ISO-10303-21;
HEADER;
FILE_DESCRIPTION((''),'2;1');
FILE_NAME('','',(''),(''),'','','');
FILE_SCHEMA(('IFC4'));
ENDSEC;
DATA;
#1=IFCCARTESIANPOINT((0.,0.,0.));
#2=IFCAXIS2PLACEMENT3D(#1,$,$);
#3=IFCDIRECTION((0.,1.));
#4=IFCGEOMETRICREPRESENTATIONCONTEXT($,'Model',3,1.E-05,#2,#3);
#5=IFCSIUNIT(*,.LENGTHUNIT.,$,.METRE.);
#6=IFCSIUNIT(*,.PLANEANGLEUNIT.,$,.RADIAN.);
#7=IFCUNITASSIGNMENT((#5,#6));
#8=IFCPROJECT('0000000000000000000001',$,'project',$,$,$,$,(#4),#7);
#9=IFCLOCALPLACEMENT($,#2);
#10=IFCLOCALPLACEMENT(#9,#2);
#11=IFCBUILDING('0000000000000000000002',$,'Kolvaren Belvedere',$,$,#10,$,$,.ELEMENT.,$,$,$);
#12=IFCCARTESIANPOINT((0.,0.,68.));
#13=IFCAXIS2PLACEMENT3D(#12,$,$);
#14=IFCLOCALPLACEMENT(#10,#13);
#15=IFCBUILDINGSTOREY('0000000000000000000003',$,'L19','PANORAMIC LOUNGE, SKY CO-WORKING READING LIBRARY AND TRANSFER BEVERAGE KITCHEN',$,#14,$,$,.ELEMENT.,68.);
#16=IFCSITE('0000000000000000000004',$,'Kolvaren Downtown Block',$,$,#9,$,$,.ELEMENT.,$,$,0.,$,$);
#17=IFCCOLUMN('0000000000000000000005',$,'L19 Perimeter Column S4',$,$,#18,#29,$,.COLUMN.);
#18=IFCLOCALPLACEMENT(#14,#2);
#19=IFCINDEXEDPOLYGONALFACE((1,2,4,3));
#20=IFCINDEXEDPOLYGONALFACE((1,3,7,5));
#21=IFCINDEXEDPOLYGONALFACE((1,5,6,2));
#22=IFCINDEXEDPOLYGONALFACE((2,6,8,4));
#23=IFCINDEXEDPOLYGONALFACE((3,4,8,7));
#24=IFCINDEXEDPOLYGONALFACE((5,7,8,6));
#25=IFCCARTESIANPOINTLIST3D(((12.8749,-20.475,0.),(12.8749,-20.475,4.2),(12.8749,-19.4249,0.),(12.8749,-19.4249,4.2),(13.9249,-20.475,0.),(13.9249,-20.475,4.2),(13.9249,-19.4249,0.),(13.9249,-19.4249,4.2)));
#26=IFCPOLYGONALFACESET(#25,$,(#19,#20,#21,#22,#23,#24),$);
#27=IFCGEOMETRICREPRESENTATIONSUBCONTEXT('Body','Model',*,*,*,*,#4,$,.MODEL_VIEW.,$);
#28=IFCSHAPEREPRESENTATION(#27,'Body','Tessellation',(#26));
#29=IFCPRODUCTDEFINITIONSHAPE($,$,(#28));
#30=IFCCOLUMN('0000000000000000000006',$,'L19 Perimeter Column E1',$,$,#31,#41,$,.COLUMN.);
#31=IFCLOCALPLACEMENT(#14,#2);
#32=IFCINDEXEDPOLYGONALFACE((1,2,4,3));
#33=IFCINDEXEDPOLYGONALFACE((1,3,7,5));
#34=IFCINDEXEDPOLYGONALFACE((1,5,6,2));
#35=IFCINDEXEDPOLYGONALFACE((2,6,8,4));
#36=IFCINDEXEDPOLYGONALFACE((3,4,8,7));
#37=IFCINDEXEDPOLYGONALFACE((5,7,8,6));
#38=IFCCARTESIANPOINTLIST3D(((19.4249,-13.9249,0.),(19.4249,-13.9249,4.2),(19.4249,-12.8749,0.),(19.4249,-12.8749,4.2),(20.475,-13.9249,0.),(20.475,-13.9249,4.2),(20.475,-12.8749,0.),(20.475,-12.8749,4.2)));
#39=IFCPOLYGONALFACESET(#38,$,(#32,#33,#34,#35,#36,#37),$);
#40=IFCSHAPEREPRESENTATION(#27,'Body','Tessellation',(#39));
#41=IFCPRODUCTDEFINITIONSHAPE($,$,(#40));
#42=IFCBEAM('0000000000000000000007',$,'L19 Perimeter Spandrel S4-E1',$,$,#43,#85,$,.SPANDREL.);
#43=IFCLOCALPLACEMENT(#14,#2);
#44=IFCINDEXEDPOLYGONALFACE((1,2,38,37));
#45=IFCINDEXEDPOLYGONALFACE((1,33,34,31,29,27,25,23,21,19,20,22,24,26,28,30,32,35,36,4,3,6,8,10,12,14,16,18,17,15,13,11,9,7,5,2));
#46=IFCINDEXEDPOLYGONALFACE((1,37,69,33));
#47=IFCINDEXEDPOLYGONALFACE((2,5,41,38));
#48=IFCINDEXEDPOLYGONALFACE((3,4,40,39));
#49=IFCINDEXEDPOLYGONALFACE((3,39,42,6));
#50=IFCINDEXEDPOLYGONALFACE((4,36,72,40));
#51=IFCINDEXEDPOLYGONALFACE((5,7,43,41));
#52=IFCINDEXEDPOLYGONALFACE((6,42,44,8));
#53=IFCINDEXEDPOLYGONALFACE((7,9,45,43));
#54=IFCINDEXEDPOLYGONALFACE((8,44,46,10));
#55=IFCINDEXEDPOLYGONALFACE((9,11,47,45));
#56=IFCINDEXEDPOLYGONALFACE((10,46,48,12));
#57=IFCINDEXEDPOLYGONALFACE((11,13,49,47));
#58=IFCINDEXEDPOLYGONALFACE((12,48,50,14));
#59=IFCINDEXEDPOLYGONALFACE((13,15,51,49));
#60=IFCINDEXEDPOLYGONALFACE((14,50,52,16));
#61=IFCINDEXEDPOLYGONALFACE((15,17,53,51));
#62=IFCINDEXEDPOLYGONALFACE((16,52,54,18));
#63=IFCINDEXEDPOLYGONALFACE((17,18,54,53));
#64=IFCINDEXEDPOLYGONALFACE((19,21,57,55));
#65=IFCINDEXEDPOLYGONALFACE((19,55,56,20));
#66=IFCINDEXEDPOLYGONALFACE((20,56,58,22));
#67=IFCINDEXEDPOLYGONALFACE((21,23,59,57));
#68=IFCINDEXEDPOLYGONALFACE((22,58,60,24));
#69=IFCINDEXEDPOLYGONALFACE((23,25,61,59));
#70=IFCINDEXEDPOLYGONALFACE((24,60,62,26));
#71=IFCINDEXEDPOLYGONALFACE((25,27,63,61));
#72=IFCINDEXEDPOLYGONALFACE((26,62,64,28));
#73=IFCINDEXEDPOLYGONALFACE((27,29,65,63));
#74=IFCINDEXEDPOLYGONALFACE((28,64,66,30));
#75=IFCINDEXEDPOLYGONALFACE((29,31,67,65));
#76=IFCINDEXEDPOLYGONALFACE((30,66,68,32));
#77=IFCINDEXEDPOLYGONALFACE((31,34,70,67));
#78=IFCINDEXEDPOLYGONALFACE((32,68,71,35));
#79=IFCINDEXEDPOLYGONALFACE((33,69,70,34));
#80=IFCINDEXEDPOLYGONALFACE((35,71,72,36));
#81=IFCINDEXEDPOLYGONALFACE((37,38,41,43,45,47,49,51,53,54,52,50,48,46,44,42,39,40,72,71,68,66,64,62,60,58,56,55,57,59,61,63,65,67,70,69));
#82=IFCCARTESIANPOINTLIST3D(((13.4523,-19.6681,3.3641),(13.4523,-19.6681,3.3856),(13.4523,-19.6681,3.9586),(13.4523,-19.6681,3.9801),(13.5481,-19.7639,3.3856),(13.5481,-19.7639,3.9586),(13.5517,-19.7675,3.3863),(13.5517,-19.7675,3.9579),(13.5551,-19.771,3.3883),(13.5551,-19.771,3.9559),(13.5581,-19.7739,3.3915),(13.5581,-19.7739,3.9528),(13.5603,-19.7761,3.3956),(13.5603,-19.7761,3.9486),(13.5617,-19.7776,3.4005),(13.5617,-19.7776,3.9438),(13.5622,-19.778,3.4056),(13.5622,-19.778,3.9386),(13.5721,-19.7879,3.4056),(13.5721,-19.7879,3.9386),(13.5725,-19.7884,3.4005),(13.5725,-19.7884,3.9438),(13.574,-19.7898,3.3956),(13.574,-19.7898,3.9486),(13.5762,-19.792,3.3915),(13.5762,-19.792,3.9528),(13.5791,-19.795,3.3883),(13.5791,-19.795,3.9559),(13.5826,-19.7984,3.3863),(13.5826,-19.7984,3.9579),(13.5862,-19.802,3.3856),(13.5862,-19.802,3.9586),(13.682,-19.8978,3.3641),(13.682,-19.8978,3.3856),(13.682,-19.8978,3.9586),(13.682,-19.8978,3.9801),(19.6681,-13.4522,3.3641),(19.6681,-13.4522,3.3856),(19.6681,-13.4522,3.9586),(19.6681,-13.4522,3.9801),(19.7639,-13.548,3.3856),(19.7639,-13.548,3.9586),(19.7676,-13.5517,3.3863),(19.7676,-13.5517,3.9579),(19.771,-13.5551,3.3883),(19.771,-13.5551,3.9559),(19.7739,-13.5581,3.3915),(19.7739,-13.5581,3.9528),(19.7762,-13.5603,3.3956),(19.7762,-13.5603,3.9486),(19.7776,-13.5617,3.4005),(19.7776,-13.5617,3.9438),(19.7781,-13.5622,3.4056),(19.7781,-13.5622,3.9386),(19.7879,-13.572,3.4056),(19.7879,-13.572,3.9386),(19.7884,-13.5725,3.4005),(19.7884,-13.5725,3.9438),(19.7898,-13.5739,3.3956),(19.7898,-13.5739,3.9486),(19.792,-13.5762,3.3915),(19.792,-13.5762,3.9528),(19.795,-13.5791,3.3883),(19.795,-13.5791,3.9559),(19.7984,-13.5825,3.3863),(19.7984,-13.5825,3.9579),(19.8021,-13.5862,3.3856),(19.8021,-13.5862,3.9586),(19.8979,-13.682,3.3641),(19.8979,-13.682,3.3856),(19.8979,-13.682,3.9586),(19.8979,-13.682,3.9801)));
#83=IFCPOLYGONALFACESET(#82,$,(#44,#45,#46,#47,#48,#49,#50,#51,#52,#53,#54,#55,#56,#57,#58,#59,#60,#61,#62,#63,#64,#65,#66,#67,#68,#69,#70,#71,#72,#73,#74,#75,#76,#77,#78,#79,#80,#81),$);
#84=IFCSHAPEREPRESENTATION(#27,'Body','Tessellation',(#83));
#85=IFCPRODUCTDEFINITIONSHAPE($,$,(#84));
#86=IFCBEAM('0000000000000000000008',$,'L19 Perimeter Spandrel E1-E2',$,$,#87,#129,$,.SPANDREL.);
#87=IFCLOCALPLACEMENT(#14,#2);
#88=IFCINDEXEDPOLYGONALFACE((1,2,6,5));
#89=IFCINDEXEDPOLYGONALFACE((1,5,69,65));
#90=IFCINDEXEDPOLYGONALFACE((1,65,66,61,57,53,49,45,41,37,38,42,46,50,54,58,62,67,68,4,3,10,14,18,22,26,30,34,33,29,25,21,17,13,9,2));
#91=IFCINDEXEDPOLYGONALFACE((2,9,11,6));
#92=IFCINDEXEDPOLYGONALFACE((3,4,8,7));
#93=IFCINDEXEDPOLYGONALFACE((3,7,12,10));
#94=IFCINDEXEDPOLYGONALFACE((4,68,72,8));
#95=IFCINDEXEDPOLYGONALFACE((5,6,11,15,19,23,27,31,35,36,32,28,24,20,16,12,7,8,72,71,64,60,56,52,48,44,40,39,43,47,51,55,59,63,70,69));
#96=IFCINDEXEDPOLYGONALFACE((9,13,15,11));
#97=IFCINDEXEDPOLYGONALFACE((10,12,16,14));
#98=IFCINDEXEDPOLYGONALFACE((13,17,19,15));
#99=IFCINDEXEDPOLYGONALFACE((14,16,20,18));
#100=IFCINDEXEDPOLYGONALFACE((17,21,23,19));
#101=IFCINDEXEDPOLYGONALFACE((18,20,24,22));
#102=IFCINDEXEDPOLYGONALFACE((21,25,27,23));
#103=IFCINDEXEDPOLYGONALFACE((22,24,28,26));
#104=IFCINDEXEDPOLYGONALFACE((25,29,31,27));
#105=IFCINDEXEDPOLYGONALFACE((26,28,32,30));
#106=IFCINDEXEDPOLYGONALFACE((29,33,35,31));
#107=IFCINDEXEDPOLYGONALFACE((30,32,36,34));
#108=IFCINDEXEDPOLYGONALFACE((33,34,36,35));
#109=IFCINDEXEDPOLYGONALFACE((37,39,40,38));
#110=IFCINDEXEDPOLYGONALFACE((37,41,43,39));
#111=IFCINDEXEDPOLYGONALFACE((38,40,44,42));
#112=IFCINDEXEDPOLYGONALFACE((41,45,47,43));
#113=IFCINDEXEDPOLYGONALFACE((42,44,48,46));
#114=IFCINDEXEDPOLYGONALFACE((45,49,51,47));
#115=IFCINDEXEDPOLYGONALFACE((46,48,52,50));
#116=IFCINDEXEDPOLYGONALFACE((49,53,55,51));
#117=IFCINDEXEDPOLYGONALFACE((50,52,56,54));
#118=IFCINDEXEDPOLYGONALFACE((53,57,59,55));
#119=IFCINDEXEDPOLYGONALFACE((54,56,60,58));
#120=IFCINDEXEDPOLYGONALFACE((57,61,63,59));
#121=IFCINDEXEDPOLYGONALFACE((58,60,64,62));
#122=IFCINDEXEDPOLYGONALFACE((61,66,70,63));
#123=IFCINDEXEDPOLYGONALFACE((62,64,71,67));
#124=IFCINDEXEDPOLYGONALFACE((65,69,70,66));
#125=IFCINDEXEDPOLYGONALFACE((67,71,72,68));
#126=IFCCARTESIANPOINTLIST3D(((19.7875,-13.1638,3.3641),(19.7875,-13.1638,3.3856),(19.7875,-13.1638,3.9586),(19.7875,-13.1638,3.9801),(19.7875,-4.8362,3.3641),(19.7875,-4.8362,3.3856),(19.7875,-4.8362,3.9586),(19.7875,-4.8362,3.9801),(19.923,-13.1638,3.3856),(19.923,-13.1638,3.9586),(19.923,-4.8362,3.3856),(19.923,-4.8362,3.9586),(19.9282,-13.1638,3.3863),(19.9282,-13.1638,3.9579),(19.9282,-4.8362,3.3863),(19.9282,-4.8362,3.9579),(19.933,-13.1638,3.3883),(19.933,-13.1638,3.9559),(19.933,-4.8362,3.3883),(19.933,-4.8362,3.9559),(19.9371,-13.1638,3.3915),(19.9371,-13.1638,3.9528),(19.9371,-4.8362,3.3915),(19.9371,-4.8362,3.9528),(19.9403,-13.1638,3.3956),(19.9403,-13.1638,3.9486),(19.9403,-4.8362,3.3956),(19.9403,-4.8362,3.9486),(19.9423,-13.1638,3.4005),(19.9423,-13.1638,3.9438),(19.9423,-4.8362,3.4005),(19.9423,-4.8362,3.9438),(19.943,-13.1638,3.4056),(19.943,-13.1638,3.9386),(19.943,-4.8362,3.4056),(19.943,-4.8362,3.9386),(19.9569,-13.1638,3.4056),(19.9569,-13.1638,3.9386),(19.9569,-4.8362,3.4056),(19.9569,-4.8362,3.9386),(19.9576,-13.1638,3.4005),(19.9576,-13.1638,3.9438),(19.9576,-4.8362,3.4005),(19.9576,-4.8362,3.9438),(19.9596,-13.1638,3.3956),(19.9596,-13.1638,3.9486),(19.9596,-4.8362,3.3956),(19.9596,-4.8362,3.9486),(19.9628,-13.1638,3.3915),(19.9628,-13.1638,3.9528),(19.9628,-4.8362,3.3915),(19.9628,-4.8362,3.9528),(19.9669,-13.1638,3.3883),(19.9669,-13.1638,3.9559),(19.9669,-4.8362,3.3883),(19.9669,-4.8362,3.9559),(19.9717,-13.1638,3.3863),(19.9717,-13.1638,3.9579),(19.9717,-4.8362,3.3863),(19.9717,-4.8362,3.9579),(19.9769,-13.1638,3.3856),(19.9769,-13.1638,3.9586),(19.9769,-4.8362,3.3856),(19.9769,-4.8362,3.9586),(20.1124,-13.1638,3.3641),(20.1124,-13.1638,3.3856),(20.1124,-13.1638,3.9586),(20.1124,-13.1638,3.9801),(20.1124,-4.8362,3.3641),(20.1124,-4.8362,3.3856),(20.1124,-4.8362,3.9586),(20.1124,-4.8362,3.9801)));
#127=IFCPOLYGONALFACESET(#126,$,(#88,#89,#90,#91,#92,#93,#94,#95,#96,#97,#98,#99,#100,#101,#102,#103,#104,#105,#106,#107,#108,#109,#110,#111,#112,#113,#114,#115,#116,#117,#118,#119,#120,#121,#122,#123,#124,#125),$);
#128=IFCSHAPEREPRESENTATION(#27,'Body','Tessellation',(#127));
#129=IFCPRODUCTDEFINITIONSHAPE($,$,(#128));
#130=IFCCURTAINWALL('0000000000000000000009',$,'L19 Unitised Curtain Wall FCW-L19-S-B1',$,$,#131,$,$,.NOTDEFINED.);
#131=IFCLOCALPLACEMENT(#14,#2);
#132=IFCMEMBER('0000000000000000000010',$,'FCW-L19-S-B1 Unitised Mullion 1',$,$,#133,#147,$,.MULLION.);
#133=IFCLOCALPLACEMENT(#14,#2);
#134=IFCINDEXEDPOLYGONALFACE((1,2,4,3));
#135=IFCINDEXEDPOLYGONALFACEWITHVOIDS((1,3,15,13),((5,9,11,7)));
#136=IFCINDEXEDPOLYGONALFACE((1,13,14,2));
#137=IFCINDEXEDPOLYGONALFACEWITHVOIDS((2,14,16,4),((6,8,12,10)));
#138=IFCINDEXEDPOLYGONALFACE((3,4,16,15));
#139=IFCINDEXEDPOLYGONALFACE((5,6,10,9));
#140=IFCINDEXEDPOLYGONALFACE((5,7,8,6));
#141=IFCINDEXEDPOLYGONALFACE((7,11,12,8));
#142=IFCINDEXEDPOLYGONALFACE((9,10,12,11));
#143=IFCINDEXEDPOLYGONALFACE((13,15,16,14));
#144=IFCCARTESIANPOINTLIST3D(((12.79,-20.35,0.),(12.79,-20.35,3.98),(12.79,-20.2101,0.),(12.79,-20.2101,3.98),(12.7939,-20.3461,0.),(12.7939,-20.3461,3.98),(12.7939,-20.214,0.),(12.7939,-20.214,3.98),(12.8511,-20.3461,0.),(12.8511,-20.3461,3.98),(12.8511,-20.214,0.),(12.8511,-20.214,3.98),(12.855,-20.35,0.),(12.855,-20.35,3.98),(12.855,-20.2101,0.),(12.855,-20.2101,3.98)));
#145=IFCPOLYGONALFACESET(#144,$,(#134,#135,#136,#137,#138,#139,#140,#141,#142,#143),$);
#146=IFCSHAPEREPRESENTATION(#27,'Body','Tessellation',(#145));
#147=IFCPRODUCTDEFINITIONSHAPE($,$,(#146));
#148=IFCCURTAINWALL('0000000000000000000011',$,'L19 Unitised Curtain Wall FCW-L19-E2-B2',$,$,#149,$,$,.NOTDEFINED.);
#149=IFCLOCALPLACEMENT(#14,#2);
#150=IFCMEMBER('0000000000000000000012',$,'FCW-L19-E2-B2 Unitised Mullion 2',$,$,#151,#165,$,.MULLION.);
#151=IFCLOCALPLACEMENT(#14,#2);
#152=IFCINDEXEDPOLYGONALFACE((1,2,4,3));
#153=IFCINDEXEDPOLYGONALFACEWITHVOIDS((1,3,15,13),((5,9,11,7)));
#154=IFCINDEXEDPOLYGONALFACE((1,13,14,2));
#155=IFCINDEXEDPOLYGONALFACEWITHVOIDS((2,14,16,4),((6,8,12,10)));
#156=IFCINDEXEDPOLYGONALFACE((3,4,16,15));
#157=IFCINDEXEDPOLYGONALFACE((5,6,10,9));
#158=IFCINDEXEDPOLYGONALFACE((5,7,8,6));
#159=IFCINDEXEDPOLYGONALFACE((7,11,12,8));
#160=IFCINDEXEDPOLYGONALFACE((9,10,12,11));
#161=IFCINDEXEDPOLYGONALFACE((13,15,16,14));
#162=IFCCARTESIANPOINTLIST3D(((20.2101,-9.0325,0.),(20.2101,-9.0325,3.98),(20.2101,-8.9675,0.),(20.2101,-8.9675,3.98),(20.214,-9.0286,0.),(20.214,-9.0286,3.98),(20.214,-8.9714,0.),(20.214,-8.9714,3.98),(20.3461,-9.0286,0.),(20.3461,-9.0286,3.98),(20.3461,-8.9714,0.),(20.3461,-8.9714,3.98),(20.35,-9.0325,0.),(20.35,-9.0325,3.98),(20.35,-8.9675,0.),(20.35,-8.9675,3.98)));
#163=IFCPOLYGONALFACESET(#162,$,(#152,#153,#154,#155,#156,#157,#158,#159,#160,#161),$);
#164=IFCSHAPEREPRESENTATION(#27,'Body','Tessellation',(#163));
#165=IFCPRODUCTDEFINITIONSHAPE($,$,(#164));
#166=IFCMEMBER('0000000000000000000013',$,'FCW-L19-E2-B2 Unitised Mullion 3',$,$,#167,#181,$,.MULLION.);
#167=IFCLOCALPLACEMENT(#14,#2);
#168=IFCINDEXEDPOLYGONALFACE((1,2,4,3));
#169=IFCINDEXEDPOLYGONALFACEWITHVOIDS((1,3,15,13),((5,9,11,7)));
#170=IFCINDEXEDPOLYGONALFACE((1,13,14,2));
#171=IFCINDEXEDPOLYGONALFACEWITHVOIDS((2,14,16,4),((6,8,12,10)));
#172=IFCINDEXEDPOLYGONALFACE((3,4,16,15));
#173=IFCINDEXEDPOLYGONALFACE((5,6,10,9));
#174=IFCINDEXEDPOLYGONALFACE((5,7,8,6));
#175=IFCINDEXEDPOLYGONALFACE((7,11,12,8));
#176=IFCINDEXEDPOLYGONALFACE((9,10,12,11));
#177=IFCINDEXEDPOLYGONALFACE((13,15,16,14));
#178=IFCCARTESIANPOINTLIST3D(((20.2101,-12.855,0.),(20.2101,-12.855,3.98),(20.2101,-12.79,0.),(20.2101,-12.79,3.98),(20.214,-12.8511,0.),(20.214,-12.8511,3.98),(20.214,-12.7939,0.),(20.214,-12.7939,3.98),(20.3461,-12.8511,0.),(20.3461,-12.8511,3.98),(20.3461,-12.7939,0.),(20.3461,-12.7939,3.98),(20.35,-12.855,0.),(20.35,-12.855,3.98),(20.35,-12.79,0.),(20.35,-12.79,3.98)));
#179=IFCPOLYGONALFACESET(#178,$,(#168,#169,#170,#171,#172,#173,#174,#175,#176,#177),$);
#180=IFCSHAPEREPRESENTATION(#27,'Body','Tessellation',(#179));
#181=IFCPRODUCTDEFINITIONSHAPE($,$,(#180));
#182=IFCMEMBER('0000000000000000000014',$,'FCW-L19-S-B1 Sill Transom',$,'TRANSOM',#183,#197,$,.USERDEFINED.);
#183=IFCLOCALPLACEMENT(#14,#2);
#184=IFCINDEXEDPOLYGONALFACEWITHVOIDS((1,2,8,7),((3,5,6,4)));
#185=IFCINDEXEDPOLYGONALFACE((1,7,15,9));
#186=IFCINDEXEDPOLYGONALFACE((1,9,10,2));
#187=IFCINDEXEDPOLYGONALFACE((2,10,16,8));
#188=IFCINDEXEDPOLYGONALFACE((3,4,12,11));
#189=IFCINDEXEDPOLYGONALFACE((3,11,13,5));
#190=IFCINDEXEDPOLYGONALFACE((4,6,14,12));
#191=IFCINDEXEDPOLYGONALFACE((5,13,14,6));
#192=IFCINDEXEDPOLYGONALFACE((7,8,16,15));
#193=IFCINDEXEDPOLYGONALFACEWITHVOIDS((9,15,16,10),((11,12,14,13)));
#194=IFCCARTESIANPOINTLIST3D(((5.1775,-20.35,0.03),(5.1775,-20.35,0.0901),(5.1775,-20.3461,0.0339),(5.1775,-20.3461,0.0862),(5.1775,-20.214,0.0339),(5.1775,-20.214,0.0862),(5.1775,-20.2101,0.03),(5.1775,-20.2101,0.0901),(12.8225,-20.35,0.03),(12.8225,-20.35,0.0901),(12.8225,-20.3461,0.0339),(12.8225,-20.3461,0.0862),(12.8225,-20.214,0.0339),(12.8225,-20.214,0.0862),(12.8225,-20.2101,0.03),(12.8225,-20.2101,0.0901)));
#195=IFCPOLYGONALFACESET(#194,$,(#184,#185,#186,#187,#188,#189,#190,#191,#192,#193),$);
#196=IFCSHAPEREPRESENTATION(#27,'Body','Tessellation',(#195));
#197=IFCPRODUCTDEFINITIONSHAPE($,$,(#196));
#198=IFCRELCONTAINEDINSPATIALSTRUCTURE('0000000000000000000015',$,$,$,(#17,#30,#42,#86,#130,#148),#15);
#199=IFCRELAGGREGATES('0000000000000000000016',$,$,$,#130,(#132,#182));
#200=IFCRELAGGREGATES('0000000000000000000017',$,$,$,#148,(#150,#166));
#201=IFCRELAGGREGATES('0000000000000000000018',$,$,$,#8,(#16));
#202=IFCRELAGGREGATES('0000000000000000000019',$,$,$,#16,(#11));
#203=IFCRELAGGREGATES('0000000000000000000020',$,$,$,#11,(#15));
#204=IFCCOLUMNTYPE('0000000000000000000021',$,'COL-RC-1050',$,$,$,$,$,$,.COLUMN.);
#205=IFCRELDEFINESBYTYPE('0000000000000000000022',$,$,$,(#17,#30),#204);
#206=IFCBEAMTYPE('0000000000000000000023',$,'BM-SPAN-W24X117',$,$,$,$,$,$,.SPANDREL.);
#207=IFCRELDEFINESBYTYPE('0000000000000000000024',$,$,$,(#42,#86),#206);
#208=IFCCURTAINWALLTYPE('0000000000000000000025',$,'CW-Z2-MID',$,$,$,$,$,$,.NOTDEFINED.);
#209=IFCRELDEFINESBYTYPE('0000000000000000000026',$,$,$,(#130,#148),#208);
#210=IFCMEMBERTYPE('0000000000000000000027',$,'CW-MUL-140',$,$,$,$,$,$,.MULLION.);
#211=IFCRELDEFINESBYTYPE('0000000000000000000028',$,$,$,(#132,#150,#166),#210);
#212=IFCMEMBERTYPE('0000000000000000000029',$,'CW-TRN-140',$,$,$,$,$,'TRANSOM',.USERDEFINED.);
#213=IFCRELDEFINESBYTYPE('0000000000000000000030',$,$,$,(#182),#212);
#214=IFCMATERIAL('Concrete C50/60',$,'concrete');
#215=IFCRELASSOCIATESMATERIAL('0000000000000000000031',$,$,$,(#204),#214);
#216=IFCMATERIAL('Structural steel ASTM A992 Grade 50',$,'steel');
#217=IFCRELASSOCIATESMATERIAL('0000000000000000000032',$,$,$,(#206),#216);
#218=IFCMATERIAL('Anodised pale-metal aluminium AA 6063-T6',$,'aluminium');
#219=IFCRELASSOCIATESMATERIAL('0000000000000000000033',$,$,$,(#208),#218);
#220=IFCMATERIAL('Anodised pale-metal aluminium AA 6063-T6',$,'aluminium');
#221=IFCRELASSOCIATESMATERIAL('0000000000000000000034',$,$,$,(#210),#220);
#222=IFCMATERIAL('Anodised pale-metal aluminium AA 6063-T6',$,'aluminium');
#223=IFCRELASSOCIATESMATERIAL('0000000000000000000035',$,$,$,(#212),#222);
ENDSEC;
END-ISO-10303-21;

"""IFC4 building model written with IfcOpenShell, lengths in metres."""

from ifc_helpers import new_model, si_unit, direction, frame, origin, origin_2d, place, context, subcontext, project, spatial, rectangle, hollow_rectangle, i_section, extrude, material, material_profile, profile_set, type_object, element, aggregate, save


model = new_model("IFC4")

# Units and contexts
model_context = context("Model", 3, precision=1e-05, world=origin(), true_north=direction((0.0, 1.0)))
body_context = subcontext(model_context, "Body", "Model", "MODEL_VIEW")
ifc_project = project(units=[si_unit("LENGTHUNIT", "METRE"), si_unit("PLANEANGLEUNIT", "RADIAN")], contexts=[model_context])

# Site, building, storey
site_placement = place(None, origin())
site = spatial("IfcSite", under=ifc_project, at=site_placement, Name="Kolvaren Downtown Block", CompositionType="ELEMENT", RefElevation=0.0)
building_placement = place(site_placement, origin())
building = spatial("IfcBuilding", under=site, at=building_placement, Name="Kolvaren Belvedere", CompositionType="ELEMENT")
storey_placement = place(building_placement, frame((0.0, 0.0, 68.0)))
storey = spatial("IfcBuildingStorey", under=building, at=storey_placement, Name="L19", Description="PANORAMIC LOUNGE, SKY CO-WORKING READING LIBRARY AND TRANSFER BEVERAGE KITCHEN", CompositionType="ELEMENT", Elevation=68.0)

# Columns
ifc_material_1 = material(Name="Concrete C50/60", Category="concrete")
ifc_material_profile_1 = material_profile(ifc_material_1, rectangle(XDim=1.05, YDim=1.05, at=origin_2d()), Name="RC 1050X1050")
ifc_profile_set_1 = profile_set([ifc_material_profile_1], Name="Concrete C50/60")
column_type = type_object("IfcColumnType", Name="COL-RC-1050", PredefinedType="COLUMN", material=ifc_profile_set_1)
for number, where, z_axis, x_axis, name in (
    (1, (13.3999, -19.95, 0.0), (0.0, 0.0, 1.0), (1.0, 0.0, 0.0), "L19 Perimeter Column S4"),
    (2, (19.95, -13.3999, 0.0), (0.0, 0.0, 1.0), (1.0, 0.0, 0.0), "L19 Perimeter Column E1"),
):
    element("IfcColumn", number, at=place(storey_placement, frame(where, z_axis=z_axis, x_axis=x_axis)), inside=storey, type_object=column_type, Name=name, PredefinedType="COLUMN", context=body_context, shape_type="SweptSolid", body=[
        extrude(rectangle(XDim=1.05, YDim=1.05, at=origin_2d()), origin(), (0.0, 0.0, 1.0), 4.2),
    ])

# Beams
ifc_material_2 = material(Name="Structural steel ASTM A992 Grade 50", Category="steel")
ifc_material_profile_2 = material_profile(ifc_material_2, i_section(OverallWidth=0.325, OverallDepth=0.616, WebThickness=0.0139, FlangeThickness=0.0215, FilletRadius=0.02, at=origin_2d()), Name="W24X117")
ifc_profile_set_2 = profile_set([ifc_material_profile_2], Name="Structural steel ASTM A992 Grade 50")
beam_type = type_object("IfcBeamType", Name="BM-SPAN-W24X117", PredefinedType="SPANDREL", material=ifc_profile_set_2)
beam_1_placement = place(storey_placement, frame((13.5671, -19.783, 3.6721), z_axis=(0.707107, 0.707107, 0.0), x_axis=(-0.707107, 0.707107, 0.0)))
element("IfcBeam", 3, at=beam_1_placement, inside=storey, type_object=beam_type, Name="L19 Perimeter Spandrel S4-E1", PredefinedType="SPANDREL", context=body_context, shape_type="SweptSolid", body=[
    extrude(i_section(OverallWidth=0.325, OverallDepth=0.616, WebThickness=0.0139, FlangeThickness=0.0215, FilletRadius=0.02, at=origin_2d()), origin(), (0.0, 0.0, 1.0), 8.7905),
])
beam_2_placement = place(storey_placement, frame((19.95, -13.1638, 3.6721), z_axis=(0.0, 1.0, 0.0), x_axis=(-1.0, 0.0, 0.0)))
element("IfcBeam", 4, at=beam_2_placement, inside=storey, type_object=beam_type, Name="L19 Perimeter Spandrel E1-E2", PredefinedType="SPANDREL", context=body_context, shape_type="SweptSolid", body=[
    extrude(i_section(OverallWidth=0.325, OverallDepth=0.616, WebThickness=0.0139, FlangeThickness=0.0215, FilletRadius=0.02, at=origin_2d()), origin(), (0.0, 0.0, 1.0), 8.3276),
])

# Curtain wall, member
ifc_material_3 = material(Name="Anodised pale-metal aluminium AA 6063-T6", Category="aluminium")
curtain_wall_type = type_object("IfcCurtainWallType", Name="CW-Z2-MID", PredefinedType="NOTDEFINED", material=ifc_material_3)
curtain_wall_1_placement = place(storey_placement, origin())
curtain_wall_1 = element("IfcCurtainWall", 5, at=curtain_wall_1_placement, inside=storey, type_object=curtain_wall_type, Name="L19 Unitised Curtain Wall FCW-L19-S-B1", PredefinedType="NOTDEFINED")
ifc_material_4 = material(Name="Anodised pale-metal aluminium AA 6063-T6", Category="aluminium")
ifc_material_profile_3 = material_profile(ifc_material_4, hollow_rectangle(XDim=0.0649, YDim=0.1399, WallThickness=0.0039, at=origin_2d()), Name="ALU-MUL-140X65")
ifc_profile_set_3 = profile_set([ifc_material_profile_3], Name="Anodised pale-metal aluminium AA 6063-T6")
member_type_1 = type_object("IfcMemberType", Name="CW-MUL-140", PredefinedType="MULLION", material=ifc_profile_set_3)
member_1_placement = place(storey_placement, frame((12.8225, -20.28, 0.0), z_axis=(0.0, 0.0, 1.0), x_axis=(1.0, 0.0, 0.0)))
member_1 = element("IfcMember", 6, at=member_1_placement, type_object=member_type_1, Name="FCW-L19-S-B1 Unitised Mullion 1", PredefinedType="MULLION", context=body_context, shape_type="SweptSolid", body=[
    extrude(hollow_rectangle(XDim=0.0649, YDim=0.1399, WallThickness=0.0039, at=origin_2d()), origin(), (0.0, 0.0, 1.0), 3.98),
])

# Curtain wall, members
curtain_wall_2_placement = place(storey_placement, origin())
curtain_wall_2 = element("IfcCurtainWall", 7, at=curtain_wall_2_placement, inside=storey, type_object=curtain_wall_type, Name="L19 Unitised Curtain Wall FCW-L19-E2-B2", PredefinedType="NOTDEFINED")
member_2_placement = place(storey_placement, frame((20.28, -9.0, 0.0), z_axis=(0.0, 0.0, 1.0), x_axis=(0.0, 1.0, 0.0)))
member_2 = element("IfcMember", 8, at=member_2_placement, type_object=member_type_1, Name="FCW-L19-E2-B2 Unitised Mullion 2", PredefinedType="MULLION", context=body_context, shape_type="SweptSolid", body=[
    extrude(hollow_rectangle(XDim=0.0649, YDim=0.1399, WallThickness=0.0039, at=origin_2d()), origin(), (0.0, 0.0, 1.0), 3.98),
])
member_3_placement = place(storey_placement, frame((20.28, -12.8225, 0.0), z_axis=(0.0, 0.0, 1.0), x_axis=(0.0, 1.0, 0.0)))
member_3 = element("IfcMember", 9, at=member_3_placement, type_object=member_type_1, Name="FCW-L19-E2-B2 Unitised Mullion 3", PredefinedType="MULLION", context=body_context, shape_type="SweptSolid", body=[
    extrude(hollow_rectangle(XDim=0.0649, YDim=0.1399, WallThickness=0.0039, at=origin_2d()), origin(), (0.0, 0.0, 1.0), 3.98),
])

# Member
ifc_material_5 = material(Name="Anodised pale-metal aluminium AA 6063-T6", Category="aluminium")
ifc_material_profile_4 = material_profile(ifc_material_5, hollow_rectangle(XDim=0.0601, YDim=0.1399, WallThickness=0.0039, at=origin_2d()), Name="ALU-TRN-140X60")
ifc_profile_set_4 = profile_set([ifc_material_profile_4], Name="Anodised pale-metal aluminium AA 6063-T6")
member_type_2 = type_object("IfcMemberType", Name="CW-TRN-140", ElementType="TRANSOM", PredefinedType="USERDEFINED", material=ifc_profile_set_4)
member_4_placement = place(storey_placement, frame((12.8225, -20.28, 0.0601), z_axis=(-1.0, 0.0, 0.0), x_axis=(0.0, 0.0, 1.0)))
member_4 = element("IfcMember", 10, at=member_4_placement, type_object=member_type_2, Name="FCW-L19-S-B1 Sill Transom", ObjectType="TRANSOM", PredefinedType="USERDEFINED", context=body_context, shape_type="SweptSolid", body=[
    extrude(hollow_rectangle(XDim=0.0601, YDim=0.1399, WallThickness=0.0039, at=origin_2d()), origin(), (0.0, 0.0, 1.0), 7.645),
])
aggregate(curtain_wall_1, [member_1, member_4])

aggregate(curtain_wall_2, [member_2, member_3])

save(model, "model.ifc")
